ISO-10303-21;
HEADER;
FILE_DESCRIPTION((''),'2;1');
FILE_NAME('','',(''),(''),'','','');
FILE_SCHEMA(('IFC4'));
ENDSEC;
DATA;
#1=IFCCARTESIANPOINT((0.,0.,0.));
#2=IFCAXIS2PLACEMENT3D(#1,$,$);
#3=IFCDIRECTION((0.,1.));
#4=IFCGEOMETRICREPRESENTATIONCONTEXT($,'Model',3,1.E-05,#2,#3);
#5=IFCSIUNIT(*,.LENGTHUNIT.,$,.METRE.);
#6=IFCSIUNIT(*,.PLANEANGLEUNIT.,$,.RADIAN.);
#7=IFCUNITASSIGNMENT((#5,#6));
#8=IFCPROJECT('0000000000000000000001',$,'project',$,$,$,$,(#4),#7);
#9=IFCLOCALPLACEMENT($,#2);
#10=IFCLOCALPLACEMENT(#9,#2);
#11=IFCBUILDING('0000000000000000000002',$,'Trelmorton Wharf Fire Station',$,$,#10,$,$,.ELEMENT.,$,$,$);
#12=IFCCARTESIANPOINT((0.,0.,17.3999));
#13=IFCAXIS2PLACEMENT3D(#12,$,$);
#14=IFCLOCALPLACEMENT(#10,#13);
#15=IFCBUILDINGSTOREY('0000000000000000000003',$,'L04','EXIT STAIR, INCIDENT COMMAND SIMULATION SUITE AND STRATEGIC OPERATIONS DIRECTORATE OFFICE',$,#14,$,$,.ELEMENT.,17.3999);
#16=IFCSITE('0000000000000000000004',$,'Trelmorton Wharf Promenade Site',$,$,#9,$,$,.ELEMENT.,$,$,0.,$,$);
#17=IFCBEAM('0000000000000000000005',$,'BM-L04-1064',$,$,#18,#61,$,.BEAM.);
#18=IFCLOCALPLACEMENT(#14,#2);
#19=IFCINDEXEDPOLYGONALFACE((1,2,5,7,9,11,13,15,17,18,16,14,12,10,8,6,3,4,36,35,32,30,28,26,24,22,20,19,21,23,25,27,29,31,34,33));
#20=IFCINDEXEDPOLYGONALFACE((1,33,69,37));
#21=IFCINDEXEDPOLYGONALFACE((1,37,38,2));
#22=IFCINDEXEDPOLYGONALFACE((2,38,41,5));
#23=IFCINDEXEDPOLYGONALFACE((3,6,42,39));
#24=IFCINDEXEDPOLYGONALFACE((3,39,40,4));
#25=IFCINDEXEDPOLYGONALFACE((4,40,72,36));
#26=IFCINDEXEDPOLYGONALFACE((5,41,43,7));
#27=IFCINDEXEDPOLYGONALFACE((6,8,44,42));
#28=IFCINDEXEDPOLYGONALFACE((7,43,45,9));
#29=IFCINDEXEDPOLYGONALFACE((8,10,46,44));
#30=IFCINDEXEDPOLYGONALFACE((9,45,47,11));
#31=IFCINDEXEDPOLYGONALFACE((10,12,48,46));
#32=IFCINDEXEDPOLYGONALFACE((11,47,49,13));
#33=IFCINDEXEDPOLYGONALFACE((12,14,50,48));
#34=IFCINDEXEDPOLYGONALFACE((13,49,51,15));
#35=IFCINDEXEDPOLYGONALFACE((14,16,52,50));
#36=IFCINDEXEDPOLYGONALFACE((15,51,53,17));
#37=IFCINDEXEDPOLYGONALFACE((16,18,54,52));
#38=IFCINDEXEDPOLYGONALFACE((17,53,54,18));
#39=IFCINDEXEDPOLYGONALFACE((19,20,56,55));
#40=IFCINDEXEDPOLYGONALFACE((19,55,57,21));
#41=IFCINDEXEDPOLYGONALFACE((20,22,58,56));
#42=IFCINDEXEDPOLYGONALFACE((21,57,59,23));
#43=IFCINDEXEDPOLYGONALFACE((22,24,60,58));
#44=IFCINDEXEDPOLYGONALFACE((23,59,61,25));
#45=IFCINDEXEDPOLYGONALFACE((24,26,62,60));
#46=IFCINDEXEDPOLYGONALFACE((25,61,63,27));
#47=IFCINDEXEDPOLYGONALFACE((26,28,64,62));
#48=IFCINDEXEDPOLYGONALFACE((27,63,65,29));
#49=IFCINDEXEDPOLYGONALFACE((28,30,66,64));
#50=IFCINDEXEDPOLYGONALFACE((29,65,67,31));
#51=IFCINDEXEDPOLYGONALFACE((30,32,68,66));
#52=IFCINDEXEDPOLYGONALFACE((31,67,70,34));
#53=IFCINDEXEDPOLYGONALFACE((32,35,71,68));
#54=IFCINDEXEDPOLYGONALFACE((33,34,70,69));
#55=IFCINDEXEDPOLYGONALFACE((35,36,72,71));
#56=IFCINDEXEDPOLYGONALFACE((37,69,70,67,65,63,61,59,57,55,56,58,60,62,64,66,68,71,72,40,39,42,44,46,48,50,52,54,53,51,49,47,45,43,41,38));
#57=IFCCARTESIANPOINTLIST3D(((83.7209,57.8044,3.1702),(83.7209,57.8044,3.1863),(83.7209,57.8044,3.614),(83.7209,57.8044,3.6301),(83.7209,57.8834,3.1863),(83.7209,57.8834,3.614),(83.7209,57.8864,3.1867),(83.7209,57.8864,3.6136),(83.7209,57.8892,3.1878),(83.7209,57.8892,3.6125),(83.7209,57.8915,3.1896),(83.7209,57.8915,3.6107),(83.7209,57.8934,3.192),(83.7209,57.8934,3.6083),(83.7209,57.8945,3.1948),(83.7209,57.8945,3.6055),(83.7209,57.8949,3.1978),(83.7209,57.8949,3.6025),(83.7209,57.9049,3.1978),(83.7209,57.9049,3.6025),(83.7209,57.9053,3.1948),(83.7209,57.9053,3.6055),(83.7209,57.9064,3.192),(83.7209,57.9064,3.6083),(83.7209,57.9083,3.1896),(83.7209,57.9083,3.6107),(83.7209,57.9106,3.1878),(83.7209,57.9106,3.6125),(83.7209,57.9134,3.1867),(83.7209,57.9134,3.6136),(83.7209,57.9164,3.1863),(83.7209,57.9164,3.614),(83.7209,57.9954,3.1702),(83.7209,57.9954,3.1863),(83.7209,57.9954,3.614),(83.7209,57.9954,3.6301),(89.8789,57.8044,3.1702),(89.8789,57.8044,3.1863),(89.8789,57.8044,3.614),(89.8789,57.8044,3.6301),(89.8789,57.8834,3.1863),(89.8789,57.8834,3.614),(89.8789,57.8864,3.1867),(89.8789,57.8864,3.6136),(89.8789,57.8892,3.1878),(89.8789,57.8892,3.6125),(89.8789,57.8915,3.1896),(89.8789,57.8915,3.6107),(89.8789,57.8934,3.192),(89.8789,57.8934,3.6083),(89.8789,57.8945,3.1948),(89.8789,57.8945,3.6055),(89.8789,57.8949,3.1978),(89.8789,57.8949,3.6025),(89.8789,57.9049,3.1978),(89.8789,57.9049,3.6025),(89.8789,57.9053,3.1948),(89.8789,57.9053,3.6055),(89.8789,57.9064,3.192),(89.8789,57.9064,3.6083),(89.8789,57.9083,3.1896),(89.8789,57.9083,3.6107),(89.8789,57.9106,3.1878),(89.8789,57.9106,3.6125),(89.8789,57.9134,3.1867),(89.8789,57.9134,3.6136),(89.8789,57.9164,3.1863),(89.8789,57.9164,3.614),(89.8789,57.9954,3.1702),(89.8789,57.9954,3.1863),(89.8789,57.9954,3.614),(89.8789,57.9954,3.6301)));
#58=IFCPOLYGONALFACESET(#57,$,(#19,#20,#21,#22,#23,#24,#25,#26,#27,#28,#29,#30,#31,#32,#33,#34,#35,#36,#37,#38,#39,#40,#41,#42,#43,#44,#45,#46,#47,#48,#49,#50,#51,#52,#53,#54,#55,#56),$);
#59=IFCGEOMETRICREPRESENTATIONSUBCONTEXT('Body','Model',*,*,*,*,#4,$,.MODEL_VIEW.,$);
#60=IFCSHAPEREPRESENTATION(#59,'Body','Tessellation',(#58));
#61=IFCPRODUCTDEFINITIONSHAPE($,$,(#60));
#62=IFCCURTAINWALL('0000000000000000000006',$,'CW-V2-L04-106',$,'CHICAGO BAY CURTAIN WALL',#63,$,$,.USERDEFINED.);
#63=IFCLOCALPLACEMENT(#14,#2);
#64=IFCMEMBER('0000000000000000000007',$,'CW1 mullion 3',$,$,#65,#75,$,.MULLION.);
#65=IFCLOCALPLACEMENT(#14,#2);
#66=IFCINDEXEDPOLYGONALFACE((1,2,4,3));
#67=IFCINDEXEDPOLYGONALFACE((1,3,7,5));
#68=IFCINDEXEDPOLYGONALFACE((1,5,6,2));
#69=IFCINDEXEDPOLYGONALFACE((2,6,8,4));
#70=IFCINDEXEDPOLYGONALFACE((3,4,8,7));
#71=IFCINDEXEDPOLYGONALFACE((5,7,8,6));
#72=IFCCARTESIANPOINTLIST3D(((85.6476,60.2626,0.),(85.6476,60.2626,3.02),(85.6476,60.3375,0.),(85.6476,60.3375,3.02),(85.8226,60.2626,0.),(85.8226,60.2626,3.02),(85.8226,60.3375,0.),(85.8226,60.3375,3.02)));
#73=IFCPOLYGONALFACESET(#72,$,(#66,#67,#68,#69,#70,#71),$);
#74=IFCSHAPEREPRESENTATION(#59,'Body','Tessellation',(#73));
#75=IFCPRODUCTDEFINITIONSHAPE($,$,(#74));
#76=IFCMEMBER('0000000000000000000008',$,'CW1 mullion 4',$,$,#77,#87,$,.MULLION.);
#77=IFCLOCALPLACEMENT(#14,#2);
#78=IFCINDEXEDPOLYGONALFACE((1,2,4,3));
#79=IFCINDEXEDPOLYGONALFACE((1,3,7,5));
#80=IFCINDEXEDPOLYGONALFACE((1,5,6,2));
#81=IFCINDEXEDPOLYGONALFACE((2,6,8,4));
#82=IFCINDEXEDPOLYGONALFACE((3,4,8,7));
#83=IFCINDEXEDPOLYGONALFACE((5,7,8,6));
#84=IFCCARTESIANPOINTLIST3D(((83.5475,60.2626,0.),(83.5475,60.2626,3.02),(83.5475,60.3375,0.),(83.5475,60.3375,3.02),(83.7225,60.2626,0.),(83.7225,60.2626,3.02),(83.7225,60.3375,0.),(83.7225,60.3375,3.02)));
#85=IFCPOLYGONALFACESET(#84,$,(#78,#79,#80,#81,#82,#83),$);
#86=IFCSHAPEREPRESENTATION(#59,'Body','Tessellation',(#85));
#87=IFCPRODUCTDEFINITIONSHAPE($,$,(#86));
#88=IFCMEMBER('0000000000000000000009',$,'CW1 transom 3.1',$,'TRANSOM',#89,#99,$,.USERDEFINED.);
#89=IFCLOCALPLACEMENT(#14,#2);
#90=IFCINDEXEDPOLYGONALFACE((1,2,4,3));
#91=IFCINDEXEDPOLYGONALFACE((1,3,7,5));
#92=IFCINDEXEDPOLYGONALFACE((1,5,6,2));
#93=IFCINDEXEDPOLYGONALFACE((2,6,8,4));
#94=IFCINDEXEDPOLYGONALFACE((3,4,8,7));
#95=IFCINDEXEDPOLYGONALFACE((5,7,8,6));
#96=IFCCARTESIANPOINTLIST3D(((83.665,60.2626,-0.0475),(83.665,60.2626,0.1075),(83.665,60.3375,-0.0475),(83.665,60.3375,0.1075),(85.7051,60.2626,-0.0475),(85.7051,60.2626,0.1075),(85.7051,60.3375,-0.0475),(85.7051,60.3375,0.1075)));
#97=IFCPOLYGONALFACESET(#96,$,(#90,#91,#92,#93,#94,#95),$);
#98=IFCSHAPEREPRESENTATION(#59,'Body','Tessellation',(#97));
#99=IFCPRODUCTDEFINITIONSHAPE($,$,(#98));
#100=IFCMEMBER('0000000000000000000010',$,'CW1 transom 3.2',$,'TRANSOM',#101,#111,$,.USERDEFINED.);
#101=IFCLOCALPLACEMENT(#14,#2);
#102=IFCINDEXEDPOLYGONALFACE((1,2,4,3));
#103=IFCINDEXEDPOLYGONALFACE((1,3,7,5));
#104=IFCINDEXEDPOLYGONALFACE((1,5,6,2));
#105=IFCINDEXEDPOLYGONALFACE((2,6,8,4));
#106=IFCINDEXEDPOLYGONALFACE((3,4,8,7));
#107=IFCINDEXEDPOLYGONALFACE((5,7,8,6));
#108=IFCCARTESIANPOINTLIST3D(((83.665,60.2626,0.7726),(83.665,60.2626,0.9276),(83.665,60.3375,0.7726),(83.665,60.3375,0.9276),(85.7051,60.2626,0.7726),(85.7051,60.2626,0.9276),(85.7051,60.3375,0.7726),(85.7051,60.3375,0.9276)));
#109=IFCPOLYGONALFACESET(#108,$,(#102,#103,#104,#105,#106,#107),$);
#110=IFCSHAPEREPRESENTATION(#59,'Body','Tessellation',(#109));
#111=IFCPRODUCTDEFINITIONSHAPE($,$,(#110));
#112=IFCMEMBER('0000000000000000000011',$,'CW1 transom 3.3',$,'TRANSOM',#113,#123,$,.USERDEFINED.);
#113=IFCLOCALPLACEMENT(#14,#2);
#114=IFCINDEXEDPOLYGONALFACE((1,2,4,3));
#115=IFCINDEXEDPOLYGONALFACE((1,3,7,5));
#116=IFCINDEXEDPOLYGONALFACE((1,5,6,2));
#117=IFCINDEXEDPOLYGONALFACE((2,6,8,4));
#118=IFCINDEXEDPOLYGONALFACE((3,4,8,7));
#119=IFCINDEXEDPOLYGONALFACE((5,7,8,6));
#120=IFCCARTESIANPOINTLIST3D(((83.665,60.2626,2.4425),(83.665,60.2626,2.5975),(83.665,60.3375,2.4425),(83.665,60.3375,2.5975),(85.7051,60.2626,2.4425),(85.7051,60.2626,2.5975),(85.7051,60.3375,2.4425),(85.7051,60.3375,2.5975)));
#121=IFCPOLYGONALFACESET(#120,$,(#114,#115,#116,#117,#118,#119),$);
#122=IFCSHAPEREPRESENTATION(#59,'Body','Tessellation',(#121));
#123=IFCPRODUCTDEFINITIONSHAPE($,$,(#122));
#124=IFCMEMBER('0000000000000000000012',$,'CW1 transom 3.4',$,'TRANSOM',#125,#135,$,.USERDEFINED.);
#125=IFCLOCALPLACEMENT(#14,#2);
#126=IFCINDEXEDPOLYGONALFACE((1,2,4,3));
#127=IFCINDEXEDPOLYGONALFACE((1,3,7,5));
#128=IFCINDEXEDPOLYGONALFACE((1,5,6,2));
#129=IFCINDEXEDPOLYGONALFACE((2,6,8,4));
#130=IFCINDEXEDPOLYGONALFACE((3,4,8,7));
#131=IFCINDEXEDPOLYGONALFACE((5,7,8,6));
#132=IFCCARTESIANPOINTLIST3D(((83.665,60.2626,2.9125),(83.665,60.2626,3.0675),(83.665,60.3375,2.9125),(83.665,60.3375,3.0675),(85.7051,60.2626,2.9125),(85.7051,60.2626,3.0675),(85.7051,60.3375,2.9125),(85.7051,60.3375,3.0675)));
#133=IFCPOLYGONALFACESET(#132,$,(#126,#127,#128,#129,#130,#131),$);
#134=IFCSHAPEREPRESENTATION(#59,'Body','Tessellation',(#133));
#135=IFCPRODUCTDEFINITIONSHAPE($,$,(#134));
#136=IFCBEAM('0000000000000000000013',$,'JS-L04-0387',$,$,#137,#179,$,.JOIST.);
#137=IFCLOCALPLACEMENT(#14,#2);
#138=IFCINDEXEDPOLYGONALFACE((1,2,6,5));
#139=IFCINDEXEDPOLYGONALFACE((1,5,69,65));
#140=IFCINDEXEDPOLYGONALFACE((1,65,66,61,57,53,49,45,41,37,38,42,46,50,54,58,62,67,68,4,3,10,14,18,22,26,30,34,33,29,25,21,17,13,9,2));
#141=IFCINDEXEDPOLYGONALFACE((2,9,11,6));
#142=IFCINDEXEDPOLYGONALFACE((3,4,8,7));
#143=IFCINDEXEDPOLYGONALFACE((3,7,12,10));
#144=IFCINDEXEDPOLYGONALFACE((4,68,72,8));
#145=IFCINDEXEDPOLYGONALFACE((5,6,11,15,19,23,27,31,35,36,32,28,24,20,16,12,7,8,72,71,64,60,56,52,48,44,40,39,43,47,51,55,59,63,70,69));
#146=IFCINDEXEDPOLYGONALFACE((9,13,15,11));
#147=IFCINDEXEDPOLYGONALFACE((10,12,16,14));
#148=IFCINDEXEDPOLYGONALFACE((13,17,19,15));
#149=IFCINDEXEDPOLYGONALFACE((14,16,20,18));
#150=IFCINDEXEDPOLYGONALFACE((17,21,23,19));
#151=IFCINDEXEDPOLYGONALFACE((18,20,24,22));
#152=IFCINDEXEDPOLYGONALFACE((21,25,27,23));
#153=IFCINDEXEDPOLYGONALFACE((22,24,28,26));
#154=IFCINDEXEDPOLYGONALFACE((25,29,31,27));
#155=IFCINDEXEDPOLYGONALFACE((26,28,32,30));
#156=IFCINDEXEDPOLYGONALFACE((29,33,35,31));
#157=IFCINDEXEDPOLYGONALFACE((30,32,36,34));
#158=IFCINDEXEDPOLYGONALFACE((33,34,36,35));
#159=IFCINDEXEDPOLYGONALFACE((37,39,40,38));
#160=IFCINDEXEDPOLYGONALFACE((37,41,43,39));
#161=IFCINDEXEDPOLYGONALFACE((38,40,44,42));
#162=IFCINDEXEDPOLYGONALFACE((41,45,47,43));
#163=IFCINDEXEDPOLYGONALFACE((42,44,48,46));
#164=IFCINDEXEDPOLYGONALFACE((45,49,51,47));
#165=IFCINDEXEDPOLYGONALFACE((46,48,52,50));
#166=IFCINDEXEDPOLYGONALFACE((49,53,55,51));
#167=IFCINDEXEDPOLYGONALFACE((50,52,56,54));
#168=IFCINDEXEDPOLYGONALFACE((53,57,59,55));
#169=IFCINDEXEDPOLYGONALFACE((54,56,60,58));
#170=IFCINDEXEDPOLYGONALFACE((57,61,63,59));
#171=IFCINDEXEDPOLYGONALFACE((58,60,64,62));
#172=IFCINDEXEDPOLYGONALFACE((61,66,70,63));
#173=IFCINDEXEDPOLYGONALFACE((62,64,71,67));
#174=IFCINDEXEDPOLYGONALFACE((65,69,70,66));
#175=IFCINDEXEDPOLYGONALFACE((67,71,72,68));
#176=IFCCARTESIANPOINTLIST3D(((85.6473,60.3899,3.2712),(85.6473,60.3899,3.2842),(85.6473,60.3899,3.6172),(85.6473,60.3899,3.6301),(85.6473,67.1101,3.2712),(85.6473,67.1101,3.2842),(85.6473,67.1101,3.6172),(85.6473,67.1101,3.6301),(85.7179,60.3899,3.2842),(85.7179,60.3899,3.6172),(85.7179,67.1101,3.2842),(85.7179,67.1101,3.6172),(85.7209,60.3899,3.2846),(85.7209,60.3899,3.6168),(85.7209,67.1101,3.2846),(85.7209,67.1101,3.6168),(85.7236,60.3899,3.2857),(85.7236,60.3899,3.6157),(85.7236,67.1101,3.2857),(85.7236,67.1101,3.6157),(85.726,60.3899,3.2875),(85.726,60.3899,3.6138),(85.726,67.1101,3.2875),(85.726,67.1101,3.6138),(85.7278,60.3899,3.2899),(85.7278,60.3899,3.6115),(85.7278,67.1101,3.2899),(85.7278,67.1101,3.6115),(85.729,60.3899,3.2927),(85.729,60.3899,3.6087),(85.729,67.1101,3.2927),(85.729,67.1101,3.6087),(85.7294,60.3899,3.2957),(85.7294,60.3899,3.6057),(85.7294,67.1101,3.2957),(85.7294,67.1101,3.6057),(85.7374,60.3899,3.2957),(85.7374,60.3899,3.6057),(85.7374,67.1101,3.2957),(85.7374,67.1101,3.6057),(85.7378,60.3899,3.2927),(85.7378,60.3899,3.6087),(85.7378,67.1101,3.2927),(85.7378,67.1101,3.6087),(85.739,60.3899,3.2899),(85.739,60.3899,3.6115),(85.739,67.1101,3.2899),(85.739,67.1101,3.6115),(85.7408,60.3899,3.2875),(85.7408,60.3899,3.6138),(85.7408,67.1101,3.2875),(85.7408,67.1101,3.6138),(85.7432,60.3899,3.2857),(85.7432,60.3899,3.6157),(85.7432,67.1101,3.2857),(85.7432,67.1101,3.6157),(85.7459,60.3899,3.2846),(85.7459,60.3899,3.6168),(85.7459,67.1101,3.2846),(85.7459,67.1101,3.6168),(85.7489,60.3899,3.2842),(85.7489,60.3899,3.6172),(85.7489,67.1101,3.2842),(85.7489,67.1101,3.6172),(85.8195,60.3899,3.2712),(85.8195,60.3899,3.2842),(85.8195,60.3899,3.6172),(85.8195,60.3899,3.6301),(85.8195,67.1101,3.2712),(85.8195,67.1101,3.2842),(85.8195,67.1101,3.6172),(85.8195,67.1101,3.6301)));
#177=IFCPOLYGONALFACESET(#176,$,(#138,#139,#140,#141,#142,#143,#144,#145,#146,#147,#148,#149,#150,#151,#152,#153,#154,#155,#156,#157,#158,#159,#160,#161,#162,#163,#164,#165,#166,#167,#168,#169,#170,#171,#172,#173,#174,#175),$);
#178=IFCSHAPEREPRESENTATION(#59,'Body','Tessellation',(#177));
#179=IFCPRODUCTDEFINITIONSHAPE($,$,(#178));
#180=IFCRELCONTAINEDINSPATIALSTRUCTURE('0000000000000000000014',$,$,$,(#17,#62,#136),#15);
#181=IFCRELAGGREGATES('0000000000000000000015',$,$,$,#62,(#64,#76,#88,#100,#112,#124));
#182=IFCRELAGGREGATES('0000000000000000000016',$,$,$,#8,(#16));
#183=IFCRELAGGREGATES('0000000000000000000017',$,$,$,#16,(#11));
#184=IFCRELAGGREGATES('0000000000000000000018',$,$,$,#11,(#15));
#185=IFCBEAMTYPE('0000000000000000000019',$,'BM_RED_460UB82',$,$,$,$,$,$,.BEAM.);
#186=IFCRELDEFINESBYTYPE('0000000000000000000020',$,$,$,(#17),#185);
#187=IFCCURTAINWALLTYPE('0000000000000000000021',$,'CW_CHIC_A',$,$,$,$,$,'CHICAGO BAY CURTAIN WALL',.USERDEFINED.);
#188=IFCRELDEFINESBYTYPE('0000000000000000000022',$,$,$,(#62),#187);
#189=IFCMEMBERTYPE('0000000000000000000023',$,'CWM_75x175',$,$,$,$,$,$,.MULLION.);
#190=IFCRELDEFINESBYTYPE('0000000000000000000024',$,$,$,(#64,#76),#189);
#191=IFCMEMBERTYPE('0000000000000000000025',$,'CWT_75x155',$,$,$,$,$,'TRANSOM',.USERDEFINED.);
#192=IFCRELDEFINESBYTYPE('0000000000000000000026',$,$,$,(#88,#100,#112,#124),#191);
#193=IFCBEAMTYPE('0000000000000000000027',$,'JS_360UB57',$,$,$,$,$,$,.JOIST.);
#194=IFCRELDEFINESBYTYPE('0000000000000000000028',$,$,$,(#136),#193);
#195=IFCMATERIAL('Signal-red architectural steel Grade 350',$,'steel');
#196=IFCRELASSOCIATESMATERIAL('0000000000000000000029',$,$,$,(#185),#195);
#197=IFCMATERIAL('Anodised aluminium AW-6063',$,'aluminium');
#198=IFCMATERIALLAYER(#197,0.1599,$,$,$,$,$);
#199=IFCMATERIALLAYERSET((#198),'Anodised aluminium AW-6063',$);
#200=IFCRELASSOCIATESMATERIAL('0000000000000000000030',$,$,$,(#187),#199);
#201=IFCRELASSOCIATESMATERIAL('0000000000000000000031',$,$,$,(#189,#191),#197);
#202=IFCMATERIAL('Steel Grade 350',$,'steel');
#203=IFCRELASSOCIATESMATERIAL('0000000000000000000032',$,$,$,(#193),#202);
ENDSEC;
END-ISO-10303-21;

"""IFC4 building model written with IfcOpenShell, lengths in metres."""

from ifc_helpers import new_model, si_unit, direction, frame, origin, origin_2d, place, context, subcontext, project, spatial, rectangle, i_section, extrude, material, layer, layer_set, material_profile, profile_set, type_object, element, aggregate, save


model = new_model("IFC4")

# Units and contexts
model_context = context("Model", 3, precision=1e-05, world=origin(), true_north=direction((0.0, 1.0)))
body_context = subcontext(model_context, "Body", "Model", "MODEL_VIEW")
ifc_project = project(units=[si_unit("LENGTHUNIT", "METRE"), si_unit("PLANEANGLEUNIT", "RADIAN")], contexts=[model_context])

# Site, building, storey
site_placement = place(None, origin())
site = spatial("IfcSite", under=ifc_project, at=site_placement, Name="Trelmorton Wharf Promenade Site", CompositionType="ELEMENT", RefElevation=0.0)
building_placement = place(site_placement, origin())
building = spatial("IfcBuilding", under=site, at=building_placement, Name="Trelmorton Wharf Fire Station", CompositionType="ELEMENT")
storey_placement = place(building_placement, frame((0.0, 0.0, 17.3999)))
storey = spatial("IfcBuildingStorey", under=building, at=storey_placement, Name="L04", Description="EXIT STAIR, INCIDENT COMMAND SIMULATION SUITE AND STRATEGIC OPERATIONS DIRECTORATE OFFICE", CompositionType="ELEMENT", Elevation=17.3999)

# Shared definitions
ifc_material_1 = material(Name="Steel Grade 350", Category="steel")
ifc_material_2 = material(Name="Signal-red architectural steel Grade 350", Category="steel")

# Beam
ifc_material_profile_1 = material_profile(ifc_material_2, i_section(OverallWidth=0.1909, OverallDepth=0.46, WebThickness=0.01, FlangeThickness=0.0161, FilletRadius=0.0115, at=origin_2d()), Name="460UB82.1")
ifc_profile_set_1 = profile_set([ifc_material_profile_1], Name="Signal-red architectural steel Grade 350")
beam_type_1 = type_object("IfcBeamType", Name="BM_RED_460UB82", PredefinedType="BEAM", material=ifc_profile_set_1)
beam_1_placement = place(storey_placement, frame((83.7209, 57.8999, 3.4001), z_axis=(1.0, 0.0, 0.0), x_axis=(0.0, 1.0, 0.0)))
element("IfcBeam", 1, at=beam_1_placement, inside=storey, type_object=beam_type_1, Name="BM-L04-1064", PredefinedType="BEAM", context=body_context, shape_type="SweptSolid", body=[
    extrude(i_section(OverallWidth=0.1909, OverallDepth=0.46, WebThickness=0.01, FlangeThickness=0.0161, FilletRadius=0.0115, at=origin_2d()), origin(), (0.0, 0.0, 1.0), 6.158),
])

# Curtain wall, members
ifc_material_3 = material(Name="Anodised aluminium AW-6063", Category="aluminium")
ifc_layer_1 = layer(ifc_material_3, 0.1599)
ifc_layer_set_1 = layer_set([ifc_layer_1], Name="Anodised aluminium AW-6063")
curtain_wall_type = type_object("IfcCurtainWallType", Name="CW_CHIC_A", ElementType="CHICAGO BAY CURTAIN WALL", PredefinedType="USERDEFINED", material=ifc_layer_set_1)
curtain_wall_placement = place(storey_placement, origin())
curtain_wall = element("IfcCurtainWall", 2, at=curtain_wall_placement, inside=storey, type_object=curtain_wall_type, Name="CW-V2-L04-106", ObjectType="CHICAGO BAY CURTAIN WALL", PredefinedType="USERDEFINED")
ifc_material_profile_2 = material_profile(ifc_material_3, rectangle(XDim=0.075, YDim=0.175, at=origin_2d()), Name="ALU-75x175")
ifc_profile_set_2 = profile_set([ifc_material_profile_2], Name="Anodised aluminium AW-6063")
member_type_1 = type_object("IfcMemberType", Name="CWM_75x175", PredefinedType="MULLION", material=ifc_profile_set_2)
member_1_placement = place(storey_placement, frame((85.7351, 60.3, 0.0), z_axis=(0.0, 0.0, 1.0), x_axis=(0.0, -1.0, 0.0)))
member_1 = element("IfcMember", 3, at=member_1_placement, type_object=member_type_1, Name="CW1 mullion 3", PredefinedType="MULLION", context=body_context, shape_type="SweptSolid", body=[
    extrude(rectangle(XDim=0.075, YDim=0.175, at=origin_2d()), origin(), (0.0, 0.0, 1.0), 3.02),
])
member_2_placement = place(storey_placement, frame((83.635, 60.3, 0.0), z_axis=(0.0, 0.0, 1.0), x_axis=(0.0, -1.0, 0.0)))
member_2 = element("IfcMember", 4, at=member_2_placement, type_object=member_type_1, Name="CW1 mullion 4", PredefinedType="MULLION", context=body_context, shape_type="SweptSolid", body=[
    extrude(rectangle(XDim=0.075, YDim=0.175, at=origin_2d()), origin(), (0.0, 0.0, 1.0), 3.02),
])
ifc_material_profile_3 = material_profile(ifc_material_3, rectangle(XDim=0.075, YDim=0.155, at=origin_2d()), Name="ALU-75x155")
ifc_profile_set_3 = profile_set([ifc_material_profile_3], Name="Anodised aluminium AW-6063")
member_type_2 = type_object("IfcMemberType", Name="CWT_75x155", ElementType="TRANSOM", PredefinedType="USERDEFINED", material=ifc_profile_set_3)
member_3_placement = place(storey_placement, frame((85.7051, 60.3, 0.03), z_axis=(-1.0, 0.0, 0.0), x_axis=(0.0, -1.0, 0.0)))
member_3 = element("IfcMember", 5, at=member_3_placement, type_object=member_type_2, Name="CW1 transom 3.1", ObjectType="TRANSOM", PredefinedType="USERDEFINED", context=body_context, shape_type="SweptSolid", body=[
    extrude(rectangle(XDim=0.075, YDim=0.155, at=origin_2d()), origin(), (0.0, 0.0, 1.0), 2.04),
])
member_4_placement = place(storey_placement, frame((85.7051, 60.3, 0.8501), z_axis=(-1.0, 0.0, 0.0), x_axis=(0.0, -1.0, 0.0)))
member_4 = element("IfcMember", 6, at=member_4_placement, type_object=member_type_2, Name="CW1 transom 3.2", ObjectType="TRANSOM", PredefinedType="USERDEFINED", context=body_context, shape_type="SweptSolid", body=[
    extrude(rectangle(XDim=0.075, YDim=0.155, at=origin_2d()), origin(), (0.0, 0.0, 1.0), 2.04),
])
member_5_placement = place(storey_placement, frame((85.7051, 60.3, 2.52), z_axis=(-1.0, 0.0, 0.0), x_axis=(0.0, -1.0, 0.0)))
member_5 = element("IfcMember", 7, at=member_5_placement, type_object=member_type_2, Name="CW1 transom 3.3", ObjectType="TRANSOM", PredefinedType="USERDEFINED", context=body_context, shape_type="SweptSolid", body=[
    extrude(rectangle(XDim=0.075, YDim=0.155, at=origin_2d()), origin(), (0.0, 0.0, 1.0), 2.04),
])
member_6_placement = place(storey_placement, frame((85.7051, 60.3, 2.99), z_axis=(-1.0, 0.0, 0.0), x_axis=(0.0, -1.0, 0.0)))
member_6 = element("IfcMember", 8, at=member_6_placement, type_object=member_type_2, Name="CW1 transom 3.4", ObjectType="TRANSOM", PredefinedType="USERDEFINED", context=body_context, shape_type="SweptSolid", body=[
    extrude(rectangle(XDim=0.075, YDim=0.155, at=origin_2d()), origin(), (0.0, 0.0, 1.0), 2.04),
])

# Beam
ifc_material_profile_4 = material_profile(ifc_material_1, i_section(OverallWidth=0.1721, OverallDepth=0.3589, WebThickness=0.0081, FlangeThickness=0.0129, FilletRadius=0.0115, at=origin_2d()), Name="360UB56.7")
ifc_profile_set_4 = profile_set([ifc_material_profile_4], Name="Steel Grade 350")
beam_type_2 = type_object("IfcBeamType", Name="JS_360UB57", PredefinedType="JOIST", material=ifc_profile_set_4)
beam_2_placement = place(storey_placement, frame((85.7334, 60.3899, 3.4507), z_axis=(0.0, 1.0, 0.0), x_axis=(-1.0, 0.0, 0.0)))
element("IfcBeam", 9, at=beam_2_placement, inside=storey, type_object=beam_type_2, Name="JS-L04-0387", PredefinedType="JOIST", context=body_context, shape_type="SweptSolid", body=[
    extrude(i_section(OverallWidth=0.1721, OverallDepth=0.3589, WebThickness=0.0081, FlangeThickness=0.0129, FilletRadius=0.0115, at=origin_2d()), origin(), (0.0, 0.0, 1.0), 6.7202),
])

aggregate(curtain_wall, [member_1, member_2, member_3, member_4, member_5, member_6])

save(model, "model.ifc")
